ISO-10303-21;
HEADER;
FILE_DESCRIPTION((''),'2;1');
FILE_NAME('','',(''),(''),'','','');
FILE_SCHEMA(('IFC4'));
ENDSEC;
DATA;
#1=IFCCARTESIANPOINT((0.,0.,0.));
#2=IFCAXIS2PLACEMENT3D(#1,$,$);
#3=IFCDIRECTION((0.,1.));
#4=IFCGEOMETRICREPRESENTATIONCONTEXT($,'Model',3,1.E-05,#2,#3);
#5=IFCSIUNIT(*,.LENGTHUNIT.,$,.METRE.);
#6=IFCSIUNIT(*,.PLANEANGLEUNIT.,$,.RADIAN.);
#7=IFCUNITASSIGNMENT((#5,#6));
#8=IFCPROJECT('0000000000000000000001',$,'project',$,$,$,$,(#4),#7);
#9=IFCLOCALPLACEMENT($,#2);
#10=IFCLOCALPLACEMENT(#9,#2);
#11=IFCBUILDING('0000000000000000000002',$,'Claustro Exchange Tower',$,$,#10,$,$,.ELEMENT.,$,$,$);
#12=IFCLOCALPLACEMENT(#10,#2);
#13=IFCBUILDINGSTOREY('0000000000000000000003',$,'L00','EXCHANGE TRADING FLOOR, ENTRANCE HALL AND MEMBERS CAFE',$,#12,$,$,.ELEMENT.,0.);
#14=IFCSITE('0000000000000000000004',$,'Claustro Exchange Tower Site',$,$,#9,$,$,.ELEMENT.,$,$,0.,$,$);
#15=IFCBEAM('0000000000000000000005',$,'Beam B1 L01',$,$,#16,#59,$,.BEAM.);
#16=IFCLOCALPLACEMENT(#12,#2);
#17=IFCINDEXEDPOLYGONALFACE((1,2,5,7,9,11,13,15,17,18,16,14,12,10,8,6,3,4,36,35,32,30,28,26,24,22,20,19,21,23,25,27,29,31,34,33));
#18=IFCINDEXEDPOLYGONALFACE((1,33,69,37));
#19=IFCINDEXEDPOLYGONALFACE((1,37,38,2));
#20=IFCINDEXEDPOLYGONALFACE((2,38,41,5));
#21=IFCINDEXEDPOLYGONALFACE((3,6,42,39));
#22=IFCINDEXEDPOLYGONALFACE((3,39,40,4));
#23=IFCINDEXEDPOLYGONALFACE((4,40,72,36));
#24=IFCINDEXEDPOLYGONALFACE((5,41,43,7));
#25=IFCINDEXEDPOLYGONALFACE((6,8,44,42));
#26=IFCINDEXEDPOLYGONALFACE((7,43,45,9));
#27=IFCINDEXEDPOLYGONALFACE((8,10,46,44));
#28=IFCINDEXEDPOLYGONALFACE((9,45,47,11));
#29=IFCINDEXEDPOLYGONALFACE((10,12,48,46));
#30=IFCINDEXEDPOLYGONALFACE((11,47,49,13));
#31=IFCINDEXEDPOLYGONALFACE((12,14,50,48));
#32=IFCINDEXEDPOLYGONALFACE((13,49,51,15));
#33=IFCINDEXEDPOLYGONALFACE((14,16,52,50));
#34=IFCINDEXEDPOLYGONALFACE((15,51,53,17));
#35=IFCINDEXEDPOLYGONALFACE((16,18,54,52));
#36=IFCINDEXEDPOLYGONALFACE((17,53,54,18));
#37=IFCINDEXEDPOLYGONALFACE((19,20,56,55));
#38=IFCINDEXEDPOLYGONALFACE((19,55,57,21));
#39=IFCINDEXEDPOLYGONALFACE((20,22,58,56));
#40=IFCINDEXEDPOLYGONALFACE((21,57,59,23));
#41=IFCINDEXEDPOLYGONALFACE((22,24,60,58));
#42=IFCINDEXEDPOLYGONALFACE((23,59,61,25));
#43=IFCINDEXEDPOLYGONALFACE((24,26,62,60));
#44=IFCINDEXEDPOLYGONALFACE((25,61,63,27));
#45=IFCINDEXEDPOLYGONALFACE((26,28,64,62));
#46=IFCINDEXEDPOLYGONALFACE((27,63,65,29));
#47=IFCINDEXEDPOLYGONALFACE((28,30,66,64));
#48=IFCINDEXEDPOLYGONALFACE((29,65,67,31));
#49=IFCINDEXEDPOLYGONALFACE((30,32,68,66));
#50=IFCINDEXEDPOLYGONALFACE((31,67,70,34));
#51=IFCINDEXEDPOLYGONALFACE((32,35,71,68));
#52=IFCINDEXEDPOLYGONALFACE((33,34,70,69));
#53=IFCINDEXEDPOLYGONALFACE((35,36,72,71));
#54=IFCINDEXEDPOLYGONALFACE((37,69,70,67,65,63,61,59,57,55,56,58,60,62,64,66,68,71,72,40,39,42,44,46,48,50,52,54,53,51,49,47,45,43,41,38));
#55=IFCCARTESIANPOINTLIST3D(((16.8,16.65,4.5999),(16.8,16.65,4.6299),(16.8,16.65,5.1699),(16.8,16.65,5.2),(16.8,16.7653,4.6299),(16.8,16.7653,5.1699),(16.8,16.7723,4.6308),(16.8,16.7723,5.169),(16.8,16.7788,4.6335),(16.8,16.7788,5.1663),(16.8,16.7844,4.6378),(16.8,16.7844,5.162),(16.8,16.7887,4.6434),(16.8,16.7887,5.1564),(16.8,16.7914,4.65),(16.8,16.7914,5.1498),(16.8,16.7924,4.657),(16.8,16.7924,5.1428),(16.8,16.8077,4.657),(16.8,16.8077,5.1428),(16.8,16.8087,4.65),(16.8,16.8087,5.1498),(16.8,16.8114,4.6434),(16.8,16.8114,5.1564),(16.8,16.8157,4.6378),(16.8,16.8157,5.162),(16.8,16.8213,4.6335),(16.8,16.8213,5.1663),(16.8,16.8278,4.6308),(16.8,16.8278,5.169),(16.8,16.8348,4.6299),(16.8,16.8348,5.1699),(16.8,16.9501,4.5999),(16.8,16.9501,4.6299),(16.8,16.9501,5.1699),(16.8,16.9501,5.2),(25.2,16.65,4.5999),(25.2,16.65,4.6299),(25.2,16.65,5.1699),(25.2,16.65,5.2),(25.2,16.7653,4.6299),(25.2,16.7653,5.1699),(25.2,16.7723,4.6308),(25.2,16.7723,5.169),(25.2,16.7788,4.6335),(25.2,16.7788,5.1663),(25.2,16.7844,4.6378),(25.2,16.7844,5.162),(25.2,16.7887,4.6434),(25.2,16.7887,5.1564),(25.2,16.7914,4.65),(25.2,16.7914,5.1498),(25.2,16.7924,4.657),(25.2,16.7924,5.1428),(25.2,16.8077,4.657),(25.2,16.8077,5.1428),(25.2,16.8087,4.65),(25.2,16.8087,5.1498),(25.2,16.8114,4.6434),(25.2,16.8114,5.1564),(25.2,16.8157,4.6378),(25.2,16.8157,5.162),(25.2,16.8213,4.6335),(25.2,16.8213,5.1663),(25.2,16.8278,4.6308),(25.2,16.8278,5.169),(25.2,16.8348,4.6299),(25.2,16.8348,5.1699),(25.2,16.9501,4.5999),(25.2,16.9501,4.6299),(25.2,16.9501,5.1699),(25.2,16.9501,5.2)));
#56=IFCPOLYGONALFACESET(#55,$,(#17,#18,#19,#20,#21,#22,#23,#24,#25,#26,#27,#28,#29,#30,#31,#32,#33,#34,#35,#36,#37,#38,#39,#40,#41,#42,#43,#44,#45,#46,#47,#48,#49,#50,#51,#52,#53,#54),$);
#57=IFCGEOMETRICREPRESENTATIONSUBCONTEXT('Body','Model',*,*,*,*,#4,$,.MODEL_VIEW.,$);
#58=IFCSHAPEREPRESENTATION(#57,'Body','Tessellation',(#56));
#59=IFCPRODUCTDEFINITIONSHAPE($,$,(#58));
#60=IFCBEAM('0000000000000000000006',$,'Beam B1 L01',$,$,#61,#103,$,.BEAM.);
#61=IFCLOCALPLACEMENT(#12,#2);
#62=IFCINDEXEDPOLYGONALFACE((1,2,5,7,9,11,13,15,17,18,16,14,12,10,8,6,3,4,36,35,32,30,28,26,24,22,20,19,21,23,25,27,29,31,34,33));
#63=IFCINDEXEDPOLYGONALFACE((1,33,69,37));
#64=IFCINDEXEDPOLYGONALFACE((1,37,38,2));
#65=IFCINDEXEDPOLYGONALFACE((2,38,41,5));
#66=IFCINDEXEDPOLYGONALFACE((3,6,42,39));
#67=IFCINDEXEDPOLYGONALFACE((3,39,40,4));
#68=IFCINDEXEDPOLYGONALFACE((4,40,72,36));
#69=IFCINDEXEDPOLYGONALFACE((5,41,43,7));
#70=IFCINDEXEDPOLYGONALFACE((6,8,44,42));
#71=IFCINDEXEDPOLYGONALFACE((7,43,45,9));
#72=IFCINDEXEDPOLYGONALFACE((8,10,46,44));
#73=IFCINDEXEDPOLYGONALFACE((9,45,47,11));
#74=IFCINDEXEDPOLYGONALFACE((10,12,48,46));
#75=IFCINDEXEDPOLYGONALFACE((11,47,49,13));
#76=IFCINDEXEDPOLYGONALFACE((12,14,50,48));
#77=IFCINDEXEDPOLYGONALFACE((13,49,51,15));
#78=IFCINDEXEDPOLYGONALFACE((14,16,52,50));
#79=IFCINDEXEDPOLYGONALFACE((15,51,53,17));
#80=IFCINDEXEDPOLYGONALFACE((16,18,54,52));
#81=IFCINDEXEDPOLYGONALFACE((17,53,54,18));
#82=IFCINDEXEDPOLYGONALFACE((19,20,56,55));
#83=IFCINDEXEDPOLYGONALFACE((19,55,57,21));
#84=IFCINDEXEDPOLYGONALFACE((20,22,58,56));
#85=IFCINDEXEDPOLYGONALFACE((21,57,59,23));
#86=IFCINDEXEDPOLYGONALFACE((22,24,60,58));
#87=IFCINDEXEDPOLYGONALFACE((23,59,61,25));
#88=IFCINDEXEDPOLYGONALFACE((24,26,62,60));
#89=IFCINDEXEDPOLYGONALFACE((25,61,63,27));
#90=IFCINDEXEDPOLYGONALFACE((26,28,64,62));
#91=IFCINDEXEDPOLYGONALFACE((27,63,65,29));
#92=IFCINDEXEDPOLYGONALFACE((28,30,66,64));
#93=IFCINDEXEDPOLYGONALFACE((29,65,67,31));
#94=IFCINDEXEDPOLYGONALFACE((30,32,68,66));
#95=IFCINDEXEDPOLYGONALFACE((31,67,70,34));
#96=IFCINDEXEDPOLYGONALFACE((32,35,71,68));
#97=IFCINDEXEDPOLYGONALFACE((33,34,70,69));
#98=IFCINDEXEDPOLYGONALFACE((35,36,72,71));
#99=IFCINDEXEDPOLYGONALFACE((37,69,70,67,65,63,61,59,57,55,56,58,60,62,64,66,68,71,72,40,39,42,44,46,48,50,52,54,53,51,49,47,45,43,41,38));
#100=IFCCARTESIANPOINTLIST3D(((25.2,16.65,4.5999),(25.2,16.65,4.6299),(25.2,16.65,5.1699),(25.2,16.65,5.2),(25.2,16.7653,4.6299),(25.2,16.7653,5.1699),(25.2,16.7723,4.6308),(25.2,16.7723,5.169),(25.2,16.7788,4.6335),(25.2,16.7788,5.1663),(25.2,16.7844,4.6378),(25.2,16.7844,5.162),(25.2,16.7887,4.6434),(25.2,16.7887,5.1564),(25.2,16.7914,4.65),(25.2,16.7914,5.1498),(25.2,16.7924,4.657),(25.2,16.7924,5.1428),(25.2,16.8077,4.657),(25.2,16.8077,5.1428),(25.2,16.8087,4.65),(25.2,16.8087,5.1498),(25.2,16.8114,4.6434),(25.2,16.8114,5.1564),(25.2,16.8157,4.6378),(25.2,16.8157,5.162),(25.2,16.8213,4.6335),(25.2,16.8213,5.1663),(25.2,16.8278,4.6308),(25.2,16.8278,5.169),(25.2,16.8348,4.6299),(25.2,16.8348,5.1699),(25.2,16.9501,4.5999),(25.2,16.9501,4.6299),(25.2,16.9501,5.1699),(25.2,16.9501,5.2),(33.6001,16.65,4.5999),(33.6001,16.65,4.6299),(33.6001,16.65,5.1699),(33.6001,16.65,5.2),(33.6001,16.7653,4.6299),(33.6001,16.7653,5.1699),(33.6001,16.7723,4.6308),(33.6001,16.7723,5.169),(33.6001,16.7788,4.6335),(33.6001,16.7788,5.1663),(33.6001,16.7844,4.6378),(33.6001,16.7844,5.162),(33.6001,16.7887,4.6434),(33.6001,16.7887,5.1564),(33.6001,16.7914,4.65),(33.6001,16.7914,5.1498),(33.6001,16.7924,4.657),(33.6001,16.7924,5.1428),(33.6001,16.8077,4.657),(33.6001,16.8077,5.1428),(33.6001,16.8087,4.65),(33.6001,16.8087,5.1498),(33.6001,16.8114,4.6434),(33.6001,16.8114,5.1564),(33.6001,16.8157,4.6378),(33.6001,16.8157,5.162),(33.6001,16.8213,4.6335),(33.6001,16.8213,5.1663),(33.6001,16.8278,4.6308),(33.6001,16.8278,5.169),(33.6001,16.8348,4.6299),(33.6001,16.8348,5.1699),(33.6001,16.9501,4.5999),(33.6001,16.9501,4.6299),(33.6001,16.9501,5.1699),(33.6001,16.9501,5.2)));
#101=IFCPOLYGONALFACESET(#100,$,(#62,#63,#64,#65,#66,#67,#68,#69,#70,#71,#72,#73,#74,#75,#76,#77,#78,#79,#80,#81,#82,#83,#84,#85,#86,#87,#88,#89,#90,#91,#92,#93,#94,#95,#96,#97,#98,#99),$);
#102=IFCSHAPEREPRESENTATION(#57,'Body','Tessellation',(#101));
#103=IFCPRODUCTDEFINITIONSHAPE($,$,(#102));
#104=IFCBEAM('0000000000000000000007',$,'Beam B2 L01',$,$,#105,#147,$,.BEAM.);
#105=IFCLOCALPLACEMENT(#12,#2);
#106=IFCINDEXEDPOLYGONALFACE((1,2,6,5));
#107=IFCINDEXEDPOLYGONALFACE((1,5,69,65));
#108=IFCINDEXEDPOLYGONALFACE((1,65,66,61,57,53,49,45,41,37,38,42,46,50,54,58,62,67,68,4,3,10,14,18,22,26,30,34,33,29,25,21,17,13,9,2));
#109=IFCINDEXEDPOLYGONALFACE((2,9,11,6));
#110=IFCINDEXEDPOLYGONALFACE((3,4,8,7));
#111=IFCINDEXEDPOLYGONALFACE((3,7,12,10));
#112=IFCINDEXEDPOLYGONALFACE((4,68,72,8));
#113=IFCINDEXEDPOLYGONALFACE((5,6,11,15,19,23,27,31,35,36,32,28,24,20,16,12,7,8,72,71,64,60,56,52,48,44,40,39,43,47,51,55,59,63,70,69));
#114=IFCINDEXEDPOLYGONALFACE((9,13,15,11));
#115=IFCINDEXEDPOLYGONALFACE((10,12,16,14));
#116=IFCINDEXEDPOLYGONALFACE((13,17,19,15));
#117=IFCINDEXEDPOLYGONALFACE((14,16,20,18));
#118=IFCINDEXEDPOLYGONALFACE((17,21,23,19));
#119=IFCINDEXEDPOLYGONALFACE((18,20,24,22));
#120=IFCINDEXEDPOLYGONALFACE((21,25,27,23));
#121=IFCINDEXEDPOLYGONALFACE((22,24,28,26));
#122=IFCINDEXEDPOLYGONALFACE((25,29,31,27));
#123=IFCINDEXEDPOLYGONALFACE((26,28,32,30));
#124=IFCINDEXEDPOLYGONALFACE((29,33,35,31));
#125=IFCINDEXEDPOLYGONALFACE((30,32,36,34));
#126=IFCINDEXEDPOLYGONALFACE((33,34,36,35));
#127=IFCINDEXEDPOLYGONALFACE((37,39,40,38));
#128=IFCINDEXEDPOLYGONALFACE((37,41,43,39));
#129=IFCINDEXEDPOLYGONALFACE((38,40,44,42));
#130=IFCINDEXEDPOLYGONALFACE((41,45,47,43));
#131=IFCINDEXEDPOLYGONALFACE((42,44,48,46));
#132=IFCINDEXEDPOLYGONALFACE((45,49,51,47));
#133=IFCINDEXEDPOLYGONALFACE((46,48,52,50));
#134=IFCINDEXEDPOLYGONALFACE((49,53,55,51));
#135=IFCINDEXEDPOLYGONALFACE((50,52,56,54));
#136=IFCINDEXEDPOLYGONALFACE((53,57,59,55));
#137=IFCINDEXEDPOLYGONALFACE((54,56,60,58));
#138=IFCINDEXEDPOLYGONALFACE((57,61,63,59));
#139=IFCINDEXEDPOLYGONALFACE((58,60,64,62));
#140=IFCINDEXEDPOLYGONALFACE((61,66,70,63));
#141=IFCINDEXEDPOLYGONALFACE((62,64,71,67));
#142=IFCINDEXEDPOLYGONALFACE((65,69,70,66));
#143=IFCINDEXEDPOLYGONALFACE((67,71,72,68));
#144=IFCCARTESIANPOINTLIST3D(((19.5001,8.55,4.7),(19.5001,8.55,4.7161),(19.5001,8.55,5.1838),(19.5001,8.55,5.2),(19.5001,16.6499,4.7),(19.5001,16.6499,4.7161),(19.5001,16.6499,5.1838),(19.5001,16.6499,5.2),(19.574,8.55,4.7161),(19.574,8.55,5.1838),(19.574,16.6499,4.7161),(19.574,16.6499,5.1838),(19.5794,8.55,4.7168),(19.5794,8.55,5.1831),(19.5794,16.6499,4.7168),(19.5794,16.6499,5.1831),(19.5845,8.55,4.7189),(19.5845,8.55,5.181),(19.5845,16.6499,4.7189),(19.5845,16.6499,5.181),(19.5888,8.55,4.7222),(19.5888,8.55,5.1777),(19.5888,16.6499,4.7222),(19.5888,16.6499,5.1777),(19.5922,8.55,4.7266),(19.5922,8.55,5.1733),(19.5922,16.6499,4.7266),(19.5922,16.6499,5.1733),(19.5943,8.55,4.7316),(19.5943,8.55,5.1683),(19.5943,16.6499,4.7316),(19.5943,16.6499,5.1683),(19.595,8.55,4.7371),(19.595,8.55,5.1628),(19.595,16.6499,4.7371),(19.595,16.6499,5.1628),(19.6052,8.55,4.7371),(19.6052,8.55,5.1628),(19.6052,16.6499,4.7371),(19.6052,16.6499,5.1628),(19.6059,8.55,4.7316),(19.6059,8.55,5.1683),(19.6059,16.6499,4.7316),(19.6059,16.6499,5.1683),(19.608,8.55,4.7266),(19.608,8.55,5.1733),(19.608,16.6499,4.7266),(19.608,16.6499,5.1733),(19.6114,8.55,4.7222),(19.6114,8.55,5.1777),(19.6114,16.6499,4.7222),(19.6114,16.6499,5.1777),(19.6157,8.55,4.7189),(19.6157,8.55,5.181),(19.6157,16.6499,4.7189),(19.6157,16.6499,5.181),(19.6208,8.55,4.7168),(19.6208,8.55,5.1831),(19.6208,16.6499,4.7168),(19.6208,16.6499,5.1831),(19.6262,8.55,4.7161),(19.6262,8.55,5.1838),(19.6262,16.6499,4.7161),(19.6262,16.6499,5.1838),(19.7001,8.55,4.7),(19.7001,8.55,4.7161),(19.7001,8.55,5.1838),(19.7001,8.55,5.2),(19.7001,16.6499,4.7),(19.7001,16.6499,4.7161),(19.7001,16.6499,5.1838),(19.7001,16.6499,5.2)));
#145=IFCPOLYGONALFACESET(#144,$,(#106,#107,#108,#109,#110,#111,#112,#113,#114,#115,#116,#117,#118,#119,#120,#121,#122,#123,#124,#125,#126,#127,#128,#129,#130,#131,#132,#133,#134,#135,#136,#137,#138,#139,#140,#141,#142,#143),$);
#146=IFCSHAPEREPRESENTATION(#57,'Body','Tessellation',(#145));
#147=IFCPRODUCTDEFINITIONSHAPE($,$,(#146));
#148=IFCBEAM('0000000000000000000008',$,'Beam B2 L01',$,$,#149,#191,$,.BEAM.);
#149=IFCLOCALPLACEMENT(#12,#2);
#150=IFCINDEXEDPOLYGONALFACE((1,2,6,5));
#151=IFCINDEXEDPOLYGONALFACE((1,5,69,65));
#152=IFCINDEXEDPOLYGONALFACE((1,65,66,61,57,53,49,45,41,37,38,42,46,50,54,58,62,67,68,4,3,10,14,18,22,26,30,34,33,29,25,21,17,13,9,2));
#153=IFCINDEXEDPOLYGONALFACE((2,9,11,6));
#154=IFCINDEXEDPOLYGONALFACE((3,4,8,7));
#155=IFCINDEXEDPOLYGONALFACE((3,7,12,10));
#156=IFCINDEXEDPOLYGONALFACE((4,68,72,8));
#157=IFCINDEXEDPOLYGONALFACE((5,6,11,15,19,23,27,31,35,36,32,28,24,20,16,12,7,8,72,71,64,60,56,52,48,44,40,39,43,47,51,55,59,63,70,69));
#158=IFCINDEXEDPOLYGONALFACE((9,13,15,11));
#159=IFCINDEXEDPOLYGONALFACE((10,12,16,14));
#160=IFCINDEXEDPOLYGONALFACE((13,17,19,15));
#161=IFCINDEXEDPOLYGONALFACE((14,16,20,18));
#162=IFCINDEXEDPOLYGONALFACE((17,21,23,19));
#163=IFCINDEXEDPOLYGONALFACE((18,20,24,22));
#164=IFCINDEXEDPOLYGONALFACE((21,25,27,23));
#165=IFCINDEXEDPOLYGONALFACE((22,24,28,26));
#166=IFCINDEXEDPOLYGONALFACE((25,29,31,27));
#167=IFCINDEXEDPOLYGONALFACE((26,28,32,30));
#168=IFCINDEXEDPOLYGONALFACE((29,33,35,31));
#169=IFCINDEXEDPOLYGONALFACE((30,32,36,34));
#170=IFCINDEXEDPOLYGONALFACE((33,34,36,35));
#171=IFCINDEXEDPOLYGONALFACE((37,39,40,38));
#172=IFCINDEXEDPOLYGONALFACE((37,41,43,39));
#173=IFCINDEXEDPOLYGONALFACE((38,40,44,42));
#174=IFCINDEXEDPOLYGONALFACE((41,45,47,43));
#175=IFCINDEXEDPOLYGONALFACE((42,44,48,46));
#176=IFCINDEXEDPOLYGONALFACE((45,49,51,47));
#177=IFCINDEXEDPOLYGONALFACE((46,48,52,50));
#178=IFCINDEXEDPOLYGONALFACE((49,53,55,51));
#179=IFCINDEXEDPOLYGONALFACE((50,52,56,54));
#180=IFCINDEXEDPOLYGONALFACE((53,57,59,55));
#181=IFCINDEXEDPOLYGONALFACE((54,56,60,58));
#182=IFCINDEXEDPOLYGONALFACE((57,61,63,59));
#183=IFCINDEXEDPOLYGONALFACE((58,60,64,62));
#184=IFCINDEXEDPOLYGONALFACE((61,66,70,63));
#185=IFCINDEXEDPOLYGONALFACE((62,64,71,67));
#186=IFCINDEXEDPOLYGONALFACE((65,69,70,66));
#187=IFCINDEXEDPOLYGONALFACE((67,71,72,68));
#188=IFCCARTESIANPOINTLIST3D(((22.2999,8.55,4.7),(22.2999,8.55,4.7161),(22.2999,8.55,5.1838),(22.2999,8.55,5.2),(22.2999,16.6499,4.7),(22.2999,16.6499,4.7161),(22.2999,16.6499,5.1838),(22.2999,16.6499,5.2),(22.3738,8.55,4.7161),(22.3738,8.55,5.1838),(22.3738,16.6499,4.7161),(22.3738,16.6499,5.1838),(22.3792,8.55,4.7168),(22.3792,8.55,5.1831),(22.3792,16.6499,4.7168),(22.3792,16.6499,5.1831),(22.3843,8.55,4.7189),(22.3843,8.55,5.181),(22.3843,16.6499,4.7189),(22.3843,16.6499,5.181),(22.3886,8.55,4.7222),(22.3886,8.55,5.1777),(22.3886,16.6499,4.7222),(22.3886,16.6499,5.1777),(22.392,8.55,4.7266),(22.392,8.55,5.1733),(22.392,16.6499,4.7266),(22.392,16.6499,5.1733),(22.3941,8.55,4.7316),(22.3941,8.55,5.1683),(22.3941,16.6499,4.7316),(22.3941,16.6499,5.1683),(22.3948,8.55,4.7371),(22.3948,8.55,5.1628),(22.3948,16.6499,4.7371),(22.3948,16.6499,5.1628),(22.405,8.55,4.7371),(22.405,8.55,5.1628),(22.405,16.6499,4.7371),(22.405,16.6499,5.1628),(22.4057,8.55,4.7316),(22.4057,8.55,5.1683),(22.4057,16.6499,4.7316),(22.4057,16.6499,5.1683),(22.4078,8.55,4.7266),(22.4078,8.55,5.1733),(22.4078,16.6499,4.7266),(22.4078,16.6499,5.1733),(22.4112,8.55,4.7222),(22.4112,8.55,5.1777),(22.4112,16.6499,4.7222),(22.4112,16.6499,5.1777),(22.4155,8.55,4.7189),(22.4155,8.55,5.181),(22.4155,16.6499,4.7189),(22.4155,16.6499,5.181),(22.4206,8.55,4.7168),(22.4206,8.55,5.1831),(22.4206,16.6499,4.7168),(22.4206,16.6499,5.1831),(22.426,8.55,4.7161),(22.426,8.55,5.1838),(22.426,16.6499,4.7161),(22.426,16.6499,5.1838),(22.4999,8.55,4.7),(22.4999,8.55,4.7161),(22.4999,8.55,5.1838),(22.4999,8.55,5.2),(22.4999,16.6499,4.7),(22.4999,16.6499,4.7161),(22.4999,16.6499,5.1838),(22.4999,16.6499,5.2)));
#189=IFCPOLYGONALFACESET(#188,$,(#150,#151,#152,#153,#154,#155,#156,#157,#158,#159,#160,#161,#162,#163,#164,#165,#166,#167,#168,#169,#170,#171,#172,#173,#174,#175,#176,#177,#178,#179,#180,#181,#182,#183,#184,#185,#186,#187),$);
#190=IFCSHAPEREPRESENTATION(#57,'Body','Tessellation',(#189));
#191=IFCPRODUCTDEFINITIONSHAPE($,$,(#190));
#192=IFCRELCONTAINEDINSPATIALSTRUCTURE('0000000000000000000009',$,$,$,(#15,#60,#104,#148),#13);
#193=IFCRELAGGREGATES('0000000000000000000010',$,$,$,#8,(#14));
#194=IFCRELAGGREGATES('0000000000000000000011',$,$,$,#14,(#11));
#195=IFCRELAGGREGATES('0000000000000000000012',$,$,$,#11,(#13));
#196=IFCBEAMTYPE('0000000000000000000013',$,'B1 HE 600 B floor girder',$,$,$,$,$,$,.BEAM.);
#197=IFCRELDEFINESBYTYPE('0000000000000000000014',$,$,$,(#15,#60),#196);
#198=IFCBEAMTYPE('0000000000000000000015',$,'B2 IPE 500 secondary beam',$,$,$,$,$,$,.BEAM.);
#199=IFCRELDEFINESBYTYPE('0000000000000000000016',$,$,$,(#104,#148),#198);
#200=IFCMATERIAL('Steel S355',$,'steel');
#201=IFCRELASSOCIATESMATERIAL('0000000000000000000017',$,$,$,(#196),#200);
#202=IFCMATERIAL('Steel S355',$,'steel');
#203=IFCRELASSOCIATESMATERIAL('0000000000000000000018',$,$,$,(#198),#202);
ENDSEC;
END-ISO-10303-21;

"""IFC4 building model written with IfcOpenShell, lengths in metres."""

from ifc_helpers import new_model, si_unit, direction, frame, origin, origin_2d, place, context, subcontext, project, spatial, i_section, extrude, material, material_profile, profile_set, type_object, element, save


model = new_model("IFC4")

# Units and contexts
model_context = context("Model", 3, precision=1e-05, world=origin(), true_north=direction((0.0, 1.0)))
body_context = subcontext(model_context, "Body", "Model", "MODEL_VIEW")
ifc_project = project(units=[si_unit("LENGTHUNIT", "METRE"), si_unit("PLANEANGLEUNIT", "RADIAN")], contexts=[model_context])

# Site, building, storey
site_placement = place(None, origin())
site = spatial("IfcSite", under=ifc_project, at=site_placement, Name="Claustro Exchange Tower Site", CompositionType="ELEMENT", RefElevation=0.0)
building_placement = place(site_placement, origin())
building = spatial("IfcBuilding", under=site, at=building_placement, Name="Claustro Exchange Tower", CompositionType="ELEMENT")
storey_placement = place(building_placement, origin())
storey = spatial("IfcBuildingStorey", under=building, at=storey_placement, Name="L00", Description="EXCHANGE TRADING FLOOR, ENTRANCE HALL AND MEMBERS CAFE", CompositionType="ELEMENT", Elevation=0.0)

# Beams
ifc_material_1 = material(Name="Steel S355", Category="steel")
ifc_material_profile_1 = material_profile(ifc_material_1, i_section(OverallWidth=0.3, OverallDepth=0.6001, WebThickness=0.0154, FlangeThickness=0.03, FilletRadius=0.0271, at=origin_2d()), Name="HE 600 B")
ifc_profile_set_1 = profile_set([ifc_material_profile_1], Name="Steel S355")
beam_type_1 = type_object("IfcBeamType", Name="B1 HE 600 B floor girder", PredefinedType="BEAM", material=ifc_profile_set_1)
beam_1_placement = place(storey_placement, frame((16.8, 16.8, 4.8999), z_axis=(1.0, 0.0, 0.0), x_axis=(0.0, 1.0, 0.0)))
element("IfcBeam", 1, at=beam_1_placement, inside=storey, type_object=beam_type_1, Name="Beam B1 L01", PredefinedType="BEAM", context=body_context, shape_type="SweptSolid", body=[
    extrude(i_section(OverallWidth=0.3, OverallDepth=0.6001, WebThickness=0.0154, FlangeThickness=0.03, FilletRadius=0.0271, at=origin_2d()), origin(), (0.0, 0.0, 1.0), 8.3999),
])
beam_2_placement = place(storey_placement, frame((25.2, 16.8, 4.8999), z_axis=(1.0, 0.0, 0.0), x_axis=(0.0, 1.0, 0.0)))
element("IfcBeam", 2, at=beam_2_placement, inside=storey, type_object=beam_type_1, Name="Beam B1 L01", PredefinedType="BEAM", context=body_context, shape_type="SweptSolid", body=[
    extrude(i_section(OverallWidth=0.3, OverallDepth=0.6001, WebThickness=0.0154, FlangeThickness=0.03, FilletRadius=0.0271, at=origin_2d()), origin(), (0.0, 0.0, 1.0), 8.4001),
])
ifc_material_2 = material(Name="Steel S355", Category="steel")
ifc_material_profile_2 = material_profile(ifc_material_2, i_section(OverallWidth=0.2, OverallDepth=0.5, WebThickness=0.0103, FlangeThickness=0.0161, FilletRadius=0.021, at=origin_2d()), Name="IPE 500")
ifc_profile_set_2 = profile_set([ifc_material_profile_2], Name="Steel S355")
beam_type_2 = type_object("IfcBeamType", Name="B2 IPE 500 secondary beam", PredefinedType="BEAM", material=ifc_profile_set_2)
for number, where, z_axis, x_axis, name in (
    (3, (19.6001, 8.55, 4.95), (0.0, 1.0, 0.0), (-1.0, 0.0, 0.0), "Beam B2 L01"),
    (4, (22.3999, 8.55, 4.95), (0.0, 1.0, 0.0), (-1.0, 0.0, 0.0), "Beam B2 L01"),
):
    element("IfcBeam", number, at=place(storey_placement, frame(where, z_axis=z_axis, x_axis=x_axis)), inside=storey, type_object=beam_type_2, Name=name, PredefinedType="BEAM", context=body_context, shape_type="SweptSolid", body=[
        extrude(i_section(OverallWidth=0.2, OverallDepth=0.5, WebThickness=0.0103, FlangeThickness=0.0161, FilletRadius=0.021, at=origin_2d()), origin(), (0.0, 0.0, 1.0), 8.0999),
    ])

save(model, "model.ifc")
